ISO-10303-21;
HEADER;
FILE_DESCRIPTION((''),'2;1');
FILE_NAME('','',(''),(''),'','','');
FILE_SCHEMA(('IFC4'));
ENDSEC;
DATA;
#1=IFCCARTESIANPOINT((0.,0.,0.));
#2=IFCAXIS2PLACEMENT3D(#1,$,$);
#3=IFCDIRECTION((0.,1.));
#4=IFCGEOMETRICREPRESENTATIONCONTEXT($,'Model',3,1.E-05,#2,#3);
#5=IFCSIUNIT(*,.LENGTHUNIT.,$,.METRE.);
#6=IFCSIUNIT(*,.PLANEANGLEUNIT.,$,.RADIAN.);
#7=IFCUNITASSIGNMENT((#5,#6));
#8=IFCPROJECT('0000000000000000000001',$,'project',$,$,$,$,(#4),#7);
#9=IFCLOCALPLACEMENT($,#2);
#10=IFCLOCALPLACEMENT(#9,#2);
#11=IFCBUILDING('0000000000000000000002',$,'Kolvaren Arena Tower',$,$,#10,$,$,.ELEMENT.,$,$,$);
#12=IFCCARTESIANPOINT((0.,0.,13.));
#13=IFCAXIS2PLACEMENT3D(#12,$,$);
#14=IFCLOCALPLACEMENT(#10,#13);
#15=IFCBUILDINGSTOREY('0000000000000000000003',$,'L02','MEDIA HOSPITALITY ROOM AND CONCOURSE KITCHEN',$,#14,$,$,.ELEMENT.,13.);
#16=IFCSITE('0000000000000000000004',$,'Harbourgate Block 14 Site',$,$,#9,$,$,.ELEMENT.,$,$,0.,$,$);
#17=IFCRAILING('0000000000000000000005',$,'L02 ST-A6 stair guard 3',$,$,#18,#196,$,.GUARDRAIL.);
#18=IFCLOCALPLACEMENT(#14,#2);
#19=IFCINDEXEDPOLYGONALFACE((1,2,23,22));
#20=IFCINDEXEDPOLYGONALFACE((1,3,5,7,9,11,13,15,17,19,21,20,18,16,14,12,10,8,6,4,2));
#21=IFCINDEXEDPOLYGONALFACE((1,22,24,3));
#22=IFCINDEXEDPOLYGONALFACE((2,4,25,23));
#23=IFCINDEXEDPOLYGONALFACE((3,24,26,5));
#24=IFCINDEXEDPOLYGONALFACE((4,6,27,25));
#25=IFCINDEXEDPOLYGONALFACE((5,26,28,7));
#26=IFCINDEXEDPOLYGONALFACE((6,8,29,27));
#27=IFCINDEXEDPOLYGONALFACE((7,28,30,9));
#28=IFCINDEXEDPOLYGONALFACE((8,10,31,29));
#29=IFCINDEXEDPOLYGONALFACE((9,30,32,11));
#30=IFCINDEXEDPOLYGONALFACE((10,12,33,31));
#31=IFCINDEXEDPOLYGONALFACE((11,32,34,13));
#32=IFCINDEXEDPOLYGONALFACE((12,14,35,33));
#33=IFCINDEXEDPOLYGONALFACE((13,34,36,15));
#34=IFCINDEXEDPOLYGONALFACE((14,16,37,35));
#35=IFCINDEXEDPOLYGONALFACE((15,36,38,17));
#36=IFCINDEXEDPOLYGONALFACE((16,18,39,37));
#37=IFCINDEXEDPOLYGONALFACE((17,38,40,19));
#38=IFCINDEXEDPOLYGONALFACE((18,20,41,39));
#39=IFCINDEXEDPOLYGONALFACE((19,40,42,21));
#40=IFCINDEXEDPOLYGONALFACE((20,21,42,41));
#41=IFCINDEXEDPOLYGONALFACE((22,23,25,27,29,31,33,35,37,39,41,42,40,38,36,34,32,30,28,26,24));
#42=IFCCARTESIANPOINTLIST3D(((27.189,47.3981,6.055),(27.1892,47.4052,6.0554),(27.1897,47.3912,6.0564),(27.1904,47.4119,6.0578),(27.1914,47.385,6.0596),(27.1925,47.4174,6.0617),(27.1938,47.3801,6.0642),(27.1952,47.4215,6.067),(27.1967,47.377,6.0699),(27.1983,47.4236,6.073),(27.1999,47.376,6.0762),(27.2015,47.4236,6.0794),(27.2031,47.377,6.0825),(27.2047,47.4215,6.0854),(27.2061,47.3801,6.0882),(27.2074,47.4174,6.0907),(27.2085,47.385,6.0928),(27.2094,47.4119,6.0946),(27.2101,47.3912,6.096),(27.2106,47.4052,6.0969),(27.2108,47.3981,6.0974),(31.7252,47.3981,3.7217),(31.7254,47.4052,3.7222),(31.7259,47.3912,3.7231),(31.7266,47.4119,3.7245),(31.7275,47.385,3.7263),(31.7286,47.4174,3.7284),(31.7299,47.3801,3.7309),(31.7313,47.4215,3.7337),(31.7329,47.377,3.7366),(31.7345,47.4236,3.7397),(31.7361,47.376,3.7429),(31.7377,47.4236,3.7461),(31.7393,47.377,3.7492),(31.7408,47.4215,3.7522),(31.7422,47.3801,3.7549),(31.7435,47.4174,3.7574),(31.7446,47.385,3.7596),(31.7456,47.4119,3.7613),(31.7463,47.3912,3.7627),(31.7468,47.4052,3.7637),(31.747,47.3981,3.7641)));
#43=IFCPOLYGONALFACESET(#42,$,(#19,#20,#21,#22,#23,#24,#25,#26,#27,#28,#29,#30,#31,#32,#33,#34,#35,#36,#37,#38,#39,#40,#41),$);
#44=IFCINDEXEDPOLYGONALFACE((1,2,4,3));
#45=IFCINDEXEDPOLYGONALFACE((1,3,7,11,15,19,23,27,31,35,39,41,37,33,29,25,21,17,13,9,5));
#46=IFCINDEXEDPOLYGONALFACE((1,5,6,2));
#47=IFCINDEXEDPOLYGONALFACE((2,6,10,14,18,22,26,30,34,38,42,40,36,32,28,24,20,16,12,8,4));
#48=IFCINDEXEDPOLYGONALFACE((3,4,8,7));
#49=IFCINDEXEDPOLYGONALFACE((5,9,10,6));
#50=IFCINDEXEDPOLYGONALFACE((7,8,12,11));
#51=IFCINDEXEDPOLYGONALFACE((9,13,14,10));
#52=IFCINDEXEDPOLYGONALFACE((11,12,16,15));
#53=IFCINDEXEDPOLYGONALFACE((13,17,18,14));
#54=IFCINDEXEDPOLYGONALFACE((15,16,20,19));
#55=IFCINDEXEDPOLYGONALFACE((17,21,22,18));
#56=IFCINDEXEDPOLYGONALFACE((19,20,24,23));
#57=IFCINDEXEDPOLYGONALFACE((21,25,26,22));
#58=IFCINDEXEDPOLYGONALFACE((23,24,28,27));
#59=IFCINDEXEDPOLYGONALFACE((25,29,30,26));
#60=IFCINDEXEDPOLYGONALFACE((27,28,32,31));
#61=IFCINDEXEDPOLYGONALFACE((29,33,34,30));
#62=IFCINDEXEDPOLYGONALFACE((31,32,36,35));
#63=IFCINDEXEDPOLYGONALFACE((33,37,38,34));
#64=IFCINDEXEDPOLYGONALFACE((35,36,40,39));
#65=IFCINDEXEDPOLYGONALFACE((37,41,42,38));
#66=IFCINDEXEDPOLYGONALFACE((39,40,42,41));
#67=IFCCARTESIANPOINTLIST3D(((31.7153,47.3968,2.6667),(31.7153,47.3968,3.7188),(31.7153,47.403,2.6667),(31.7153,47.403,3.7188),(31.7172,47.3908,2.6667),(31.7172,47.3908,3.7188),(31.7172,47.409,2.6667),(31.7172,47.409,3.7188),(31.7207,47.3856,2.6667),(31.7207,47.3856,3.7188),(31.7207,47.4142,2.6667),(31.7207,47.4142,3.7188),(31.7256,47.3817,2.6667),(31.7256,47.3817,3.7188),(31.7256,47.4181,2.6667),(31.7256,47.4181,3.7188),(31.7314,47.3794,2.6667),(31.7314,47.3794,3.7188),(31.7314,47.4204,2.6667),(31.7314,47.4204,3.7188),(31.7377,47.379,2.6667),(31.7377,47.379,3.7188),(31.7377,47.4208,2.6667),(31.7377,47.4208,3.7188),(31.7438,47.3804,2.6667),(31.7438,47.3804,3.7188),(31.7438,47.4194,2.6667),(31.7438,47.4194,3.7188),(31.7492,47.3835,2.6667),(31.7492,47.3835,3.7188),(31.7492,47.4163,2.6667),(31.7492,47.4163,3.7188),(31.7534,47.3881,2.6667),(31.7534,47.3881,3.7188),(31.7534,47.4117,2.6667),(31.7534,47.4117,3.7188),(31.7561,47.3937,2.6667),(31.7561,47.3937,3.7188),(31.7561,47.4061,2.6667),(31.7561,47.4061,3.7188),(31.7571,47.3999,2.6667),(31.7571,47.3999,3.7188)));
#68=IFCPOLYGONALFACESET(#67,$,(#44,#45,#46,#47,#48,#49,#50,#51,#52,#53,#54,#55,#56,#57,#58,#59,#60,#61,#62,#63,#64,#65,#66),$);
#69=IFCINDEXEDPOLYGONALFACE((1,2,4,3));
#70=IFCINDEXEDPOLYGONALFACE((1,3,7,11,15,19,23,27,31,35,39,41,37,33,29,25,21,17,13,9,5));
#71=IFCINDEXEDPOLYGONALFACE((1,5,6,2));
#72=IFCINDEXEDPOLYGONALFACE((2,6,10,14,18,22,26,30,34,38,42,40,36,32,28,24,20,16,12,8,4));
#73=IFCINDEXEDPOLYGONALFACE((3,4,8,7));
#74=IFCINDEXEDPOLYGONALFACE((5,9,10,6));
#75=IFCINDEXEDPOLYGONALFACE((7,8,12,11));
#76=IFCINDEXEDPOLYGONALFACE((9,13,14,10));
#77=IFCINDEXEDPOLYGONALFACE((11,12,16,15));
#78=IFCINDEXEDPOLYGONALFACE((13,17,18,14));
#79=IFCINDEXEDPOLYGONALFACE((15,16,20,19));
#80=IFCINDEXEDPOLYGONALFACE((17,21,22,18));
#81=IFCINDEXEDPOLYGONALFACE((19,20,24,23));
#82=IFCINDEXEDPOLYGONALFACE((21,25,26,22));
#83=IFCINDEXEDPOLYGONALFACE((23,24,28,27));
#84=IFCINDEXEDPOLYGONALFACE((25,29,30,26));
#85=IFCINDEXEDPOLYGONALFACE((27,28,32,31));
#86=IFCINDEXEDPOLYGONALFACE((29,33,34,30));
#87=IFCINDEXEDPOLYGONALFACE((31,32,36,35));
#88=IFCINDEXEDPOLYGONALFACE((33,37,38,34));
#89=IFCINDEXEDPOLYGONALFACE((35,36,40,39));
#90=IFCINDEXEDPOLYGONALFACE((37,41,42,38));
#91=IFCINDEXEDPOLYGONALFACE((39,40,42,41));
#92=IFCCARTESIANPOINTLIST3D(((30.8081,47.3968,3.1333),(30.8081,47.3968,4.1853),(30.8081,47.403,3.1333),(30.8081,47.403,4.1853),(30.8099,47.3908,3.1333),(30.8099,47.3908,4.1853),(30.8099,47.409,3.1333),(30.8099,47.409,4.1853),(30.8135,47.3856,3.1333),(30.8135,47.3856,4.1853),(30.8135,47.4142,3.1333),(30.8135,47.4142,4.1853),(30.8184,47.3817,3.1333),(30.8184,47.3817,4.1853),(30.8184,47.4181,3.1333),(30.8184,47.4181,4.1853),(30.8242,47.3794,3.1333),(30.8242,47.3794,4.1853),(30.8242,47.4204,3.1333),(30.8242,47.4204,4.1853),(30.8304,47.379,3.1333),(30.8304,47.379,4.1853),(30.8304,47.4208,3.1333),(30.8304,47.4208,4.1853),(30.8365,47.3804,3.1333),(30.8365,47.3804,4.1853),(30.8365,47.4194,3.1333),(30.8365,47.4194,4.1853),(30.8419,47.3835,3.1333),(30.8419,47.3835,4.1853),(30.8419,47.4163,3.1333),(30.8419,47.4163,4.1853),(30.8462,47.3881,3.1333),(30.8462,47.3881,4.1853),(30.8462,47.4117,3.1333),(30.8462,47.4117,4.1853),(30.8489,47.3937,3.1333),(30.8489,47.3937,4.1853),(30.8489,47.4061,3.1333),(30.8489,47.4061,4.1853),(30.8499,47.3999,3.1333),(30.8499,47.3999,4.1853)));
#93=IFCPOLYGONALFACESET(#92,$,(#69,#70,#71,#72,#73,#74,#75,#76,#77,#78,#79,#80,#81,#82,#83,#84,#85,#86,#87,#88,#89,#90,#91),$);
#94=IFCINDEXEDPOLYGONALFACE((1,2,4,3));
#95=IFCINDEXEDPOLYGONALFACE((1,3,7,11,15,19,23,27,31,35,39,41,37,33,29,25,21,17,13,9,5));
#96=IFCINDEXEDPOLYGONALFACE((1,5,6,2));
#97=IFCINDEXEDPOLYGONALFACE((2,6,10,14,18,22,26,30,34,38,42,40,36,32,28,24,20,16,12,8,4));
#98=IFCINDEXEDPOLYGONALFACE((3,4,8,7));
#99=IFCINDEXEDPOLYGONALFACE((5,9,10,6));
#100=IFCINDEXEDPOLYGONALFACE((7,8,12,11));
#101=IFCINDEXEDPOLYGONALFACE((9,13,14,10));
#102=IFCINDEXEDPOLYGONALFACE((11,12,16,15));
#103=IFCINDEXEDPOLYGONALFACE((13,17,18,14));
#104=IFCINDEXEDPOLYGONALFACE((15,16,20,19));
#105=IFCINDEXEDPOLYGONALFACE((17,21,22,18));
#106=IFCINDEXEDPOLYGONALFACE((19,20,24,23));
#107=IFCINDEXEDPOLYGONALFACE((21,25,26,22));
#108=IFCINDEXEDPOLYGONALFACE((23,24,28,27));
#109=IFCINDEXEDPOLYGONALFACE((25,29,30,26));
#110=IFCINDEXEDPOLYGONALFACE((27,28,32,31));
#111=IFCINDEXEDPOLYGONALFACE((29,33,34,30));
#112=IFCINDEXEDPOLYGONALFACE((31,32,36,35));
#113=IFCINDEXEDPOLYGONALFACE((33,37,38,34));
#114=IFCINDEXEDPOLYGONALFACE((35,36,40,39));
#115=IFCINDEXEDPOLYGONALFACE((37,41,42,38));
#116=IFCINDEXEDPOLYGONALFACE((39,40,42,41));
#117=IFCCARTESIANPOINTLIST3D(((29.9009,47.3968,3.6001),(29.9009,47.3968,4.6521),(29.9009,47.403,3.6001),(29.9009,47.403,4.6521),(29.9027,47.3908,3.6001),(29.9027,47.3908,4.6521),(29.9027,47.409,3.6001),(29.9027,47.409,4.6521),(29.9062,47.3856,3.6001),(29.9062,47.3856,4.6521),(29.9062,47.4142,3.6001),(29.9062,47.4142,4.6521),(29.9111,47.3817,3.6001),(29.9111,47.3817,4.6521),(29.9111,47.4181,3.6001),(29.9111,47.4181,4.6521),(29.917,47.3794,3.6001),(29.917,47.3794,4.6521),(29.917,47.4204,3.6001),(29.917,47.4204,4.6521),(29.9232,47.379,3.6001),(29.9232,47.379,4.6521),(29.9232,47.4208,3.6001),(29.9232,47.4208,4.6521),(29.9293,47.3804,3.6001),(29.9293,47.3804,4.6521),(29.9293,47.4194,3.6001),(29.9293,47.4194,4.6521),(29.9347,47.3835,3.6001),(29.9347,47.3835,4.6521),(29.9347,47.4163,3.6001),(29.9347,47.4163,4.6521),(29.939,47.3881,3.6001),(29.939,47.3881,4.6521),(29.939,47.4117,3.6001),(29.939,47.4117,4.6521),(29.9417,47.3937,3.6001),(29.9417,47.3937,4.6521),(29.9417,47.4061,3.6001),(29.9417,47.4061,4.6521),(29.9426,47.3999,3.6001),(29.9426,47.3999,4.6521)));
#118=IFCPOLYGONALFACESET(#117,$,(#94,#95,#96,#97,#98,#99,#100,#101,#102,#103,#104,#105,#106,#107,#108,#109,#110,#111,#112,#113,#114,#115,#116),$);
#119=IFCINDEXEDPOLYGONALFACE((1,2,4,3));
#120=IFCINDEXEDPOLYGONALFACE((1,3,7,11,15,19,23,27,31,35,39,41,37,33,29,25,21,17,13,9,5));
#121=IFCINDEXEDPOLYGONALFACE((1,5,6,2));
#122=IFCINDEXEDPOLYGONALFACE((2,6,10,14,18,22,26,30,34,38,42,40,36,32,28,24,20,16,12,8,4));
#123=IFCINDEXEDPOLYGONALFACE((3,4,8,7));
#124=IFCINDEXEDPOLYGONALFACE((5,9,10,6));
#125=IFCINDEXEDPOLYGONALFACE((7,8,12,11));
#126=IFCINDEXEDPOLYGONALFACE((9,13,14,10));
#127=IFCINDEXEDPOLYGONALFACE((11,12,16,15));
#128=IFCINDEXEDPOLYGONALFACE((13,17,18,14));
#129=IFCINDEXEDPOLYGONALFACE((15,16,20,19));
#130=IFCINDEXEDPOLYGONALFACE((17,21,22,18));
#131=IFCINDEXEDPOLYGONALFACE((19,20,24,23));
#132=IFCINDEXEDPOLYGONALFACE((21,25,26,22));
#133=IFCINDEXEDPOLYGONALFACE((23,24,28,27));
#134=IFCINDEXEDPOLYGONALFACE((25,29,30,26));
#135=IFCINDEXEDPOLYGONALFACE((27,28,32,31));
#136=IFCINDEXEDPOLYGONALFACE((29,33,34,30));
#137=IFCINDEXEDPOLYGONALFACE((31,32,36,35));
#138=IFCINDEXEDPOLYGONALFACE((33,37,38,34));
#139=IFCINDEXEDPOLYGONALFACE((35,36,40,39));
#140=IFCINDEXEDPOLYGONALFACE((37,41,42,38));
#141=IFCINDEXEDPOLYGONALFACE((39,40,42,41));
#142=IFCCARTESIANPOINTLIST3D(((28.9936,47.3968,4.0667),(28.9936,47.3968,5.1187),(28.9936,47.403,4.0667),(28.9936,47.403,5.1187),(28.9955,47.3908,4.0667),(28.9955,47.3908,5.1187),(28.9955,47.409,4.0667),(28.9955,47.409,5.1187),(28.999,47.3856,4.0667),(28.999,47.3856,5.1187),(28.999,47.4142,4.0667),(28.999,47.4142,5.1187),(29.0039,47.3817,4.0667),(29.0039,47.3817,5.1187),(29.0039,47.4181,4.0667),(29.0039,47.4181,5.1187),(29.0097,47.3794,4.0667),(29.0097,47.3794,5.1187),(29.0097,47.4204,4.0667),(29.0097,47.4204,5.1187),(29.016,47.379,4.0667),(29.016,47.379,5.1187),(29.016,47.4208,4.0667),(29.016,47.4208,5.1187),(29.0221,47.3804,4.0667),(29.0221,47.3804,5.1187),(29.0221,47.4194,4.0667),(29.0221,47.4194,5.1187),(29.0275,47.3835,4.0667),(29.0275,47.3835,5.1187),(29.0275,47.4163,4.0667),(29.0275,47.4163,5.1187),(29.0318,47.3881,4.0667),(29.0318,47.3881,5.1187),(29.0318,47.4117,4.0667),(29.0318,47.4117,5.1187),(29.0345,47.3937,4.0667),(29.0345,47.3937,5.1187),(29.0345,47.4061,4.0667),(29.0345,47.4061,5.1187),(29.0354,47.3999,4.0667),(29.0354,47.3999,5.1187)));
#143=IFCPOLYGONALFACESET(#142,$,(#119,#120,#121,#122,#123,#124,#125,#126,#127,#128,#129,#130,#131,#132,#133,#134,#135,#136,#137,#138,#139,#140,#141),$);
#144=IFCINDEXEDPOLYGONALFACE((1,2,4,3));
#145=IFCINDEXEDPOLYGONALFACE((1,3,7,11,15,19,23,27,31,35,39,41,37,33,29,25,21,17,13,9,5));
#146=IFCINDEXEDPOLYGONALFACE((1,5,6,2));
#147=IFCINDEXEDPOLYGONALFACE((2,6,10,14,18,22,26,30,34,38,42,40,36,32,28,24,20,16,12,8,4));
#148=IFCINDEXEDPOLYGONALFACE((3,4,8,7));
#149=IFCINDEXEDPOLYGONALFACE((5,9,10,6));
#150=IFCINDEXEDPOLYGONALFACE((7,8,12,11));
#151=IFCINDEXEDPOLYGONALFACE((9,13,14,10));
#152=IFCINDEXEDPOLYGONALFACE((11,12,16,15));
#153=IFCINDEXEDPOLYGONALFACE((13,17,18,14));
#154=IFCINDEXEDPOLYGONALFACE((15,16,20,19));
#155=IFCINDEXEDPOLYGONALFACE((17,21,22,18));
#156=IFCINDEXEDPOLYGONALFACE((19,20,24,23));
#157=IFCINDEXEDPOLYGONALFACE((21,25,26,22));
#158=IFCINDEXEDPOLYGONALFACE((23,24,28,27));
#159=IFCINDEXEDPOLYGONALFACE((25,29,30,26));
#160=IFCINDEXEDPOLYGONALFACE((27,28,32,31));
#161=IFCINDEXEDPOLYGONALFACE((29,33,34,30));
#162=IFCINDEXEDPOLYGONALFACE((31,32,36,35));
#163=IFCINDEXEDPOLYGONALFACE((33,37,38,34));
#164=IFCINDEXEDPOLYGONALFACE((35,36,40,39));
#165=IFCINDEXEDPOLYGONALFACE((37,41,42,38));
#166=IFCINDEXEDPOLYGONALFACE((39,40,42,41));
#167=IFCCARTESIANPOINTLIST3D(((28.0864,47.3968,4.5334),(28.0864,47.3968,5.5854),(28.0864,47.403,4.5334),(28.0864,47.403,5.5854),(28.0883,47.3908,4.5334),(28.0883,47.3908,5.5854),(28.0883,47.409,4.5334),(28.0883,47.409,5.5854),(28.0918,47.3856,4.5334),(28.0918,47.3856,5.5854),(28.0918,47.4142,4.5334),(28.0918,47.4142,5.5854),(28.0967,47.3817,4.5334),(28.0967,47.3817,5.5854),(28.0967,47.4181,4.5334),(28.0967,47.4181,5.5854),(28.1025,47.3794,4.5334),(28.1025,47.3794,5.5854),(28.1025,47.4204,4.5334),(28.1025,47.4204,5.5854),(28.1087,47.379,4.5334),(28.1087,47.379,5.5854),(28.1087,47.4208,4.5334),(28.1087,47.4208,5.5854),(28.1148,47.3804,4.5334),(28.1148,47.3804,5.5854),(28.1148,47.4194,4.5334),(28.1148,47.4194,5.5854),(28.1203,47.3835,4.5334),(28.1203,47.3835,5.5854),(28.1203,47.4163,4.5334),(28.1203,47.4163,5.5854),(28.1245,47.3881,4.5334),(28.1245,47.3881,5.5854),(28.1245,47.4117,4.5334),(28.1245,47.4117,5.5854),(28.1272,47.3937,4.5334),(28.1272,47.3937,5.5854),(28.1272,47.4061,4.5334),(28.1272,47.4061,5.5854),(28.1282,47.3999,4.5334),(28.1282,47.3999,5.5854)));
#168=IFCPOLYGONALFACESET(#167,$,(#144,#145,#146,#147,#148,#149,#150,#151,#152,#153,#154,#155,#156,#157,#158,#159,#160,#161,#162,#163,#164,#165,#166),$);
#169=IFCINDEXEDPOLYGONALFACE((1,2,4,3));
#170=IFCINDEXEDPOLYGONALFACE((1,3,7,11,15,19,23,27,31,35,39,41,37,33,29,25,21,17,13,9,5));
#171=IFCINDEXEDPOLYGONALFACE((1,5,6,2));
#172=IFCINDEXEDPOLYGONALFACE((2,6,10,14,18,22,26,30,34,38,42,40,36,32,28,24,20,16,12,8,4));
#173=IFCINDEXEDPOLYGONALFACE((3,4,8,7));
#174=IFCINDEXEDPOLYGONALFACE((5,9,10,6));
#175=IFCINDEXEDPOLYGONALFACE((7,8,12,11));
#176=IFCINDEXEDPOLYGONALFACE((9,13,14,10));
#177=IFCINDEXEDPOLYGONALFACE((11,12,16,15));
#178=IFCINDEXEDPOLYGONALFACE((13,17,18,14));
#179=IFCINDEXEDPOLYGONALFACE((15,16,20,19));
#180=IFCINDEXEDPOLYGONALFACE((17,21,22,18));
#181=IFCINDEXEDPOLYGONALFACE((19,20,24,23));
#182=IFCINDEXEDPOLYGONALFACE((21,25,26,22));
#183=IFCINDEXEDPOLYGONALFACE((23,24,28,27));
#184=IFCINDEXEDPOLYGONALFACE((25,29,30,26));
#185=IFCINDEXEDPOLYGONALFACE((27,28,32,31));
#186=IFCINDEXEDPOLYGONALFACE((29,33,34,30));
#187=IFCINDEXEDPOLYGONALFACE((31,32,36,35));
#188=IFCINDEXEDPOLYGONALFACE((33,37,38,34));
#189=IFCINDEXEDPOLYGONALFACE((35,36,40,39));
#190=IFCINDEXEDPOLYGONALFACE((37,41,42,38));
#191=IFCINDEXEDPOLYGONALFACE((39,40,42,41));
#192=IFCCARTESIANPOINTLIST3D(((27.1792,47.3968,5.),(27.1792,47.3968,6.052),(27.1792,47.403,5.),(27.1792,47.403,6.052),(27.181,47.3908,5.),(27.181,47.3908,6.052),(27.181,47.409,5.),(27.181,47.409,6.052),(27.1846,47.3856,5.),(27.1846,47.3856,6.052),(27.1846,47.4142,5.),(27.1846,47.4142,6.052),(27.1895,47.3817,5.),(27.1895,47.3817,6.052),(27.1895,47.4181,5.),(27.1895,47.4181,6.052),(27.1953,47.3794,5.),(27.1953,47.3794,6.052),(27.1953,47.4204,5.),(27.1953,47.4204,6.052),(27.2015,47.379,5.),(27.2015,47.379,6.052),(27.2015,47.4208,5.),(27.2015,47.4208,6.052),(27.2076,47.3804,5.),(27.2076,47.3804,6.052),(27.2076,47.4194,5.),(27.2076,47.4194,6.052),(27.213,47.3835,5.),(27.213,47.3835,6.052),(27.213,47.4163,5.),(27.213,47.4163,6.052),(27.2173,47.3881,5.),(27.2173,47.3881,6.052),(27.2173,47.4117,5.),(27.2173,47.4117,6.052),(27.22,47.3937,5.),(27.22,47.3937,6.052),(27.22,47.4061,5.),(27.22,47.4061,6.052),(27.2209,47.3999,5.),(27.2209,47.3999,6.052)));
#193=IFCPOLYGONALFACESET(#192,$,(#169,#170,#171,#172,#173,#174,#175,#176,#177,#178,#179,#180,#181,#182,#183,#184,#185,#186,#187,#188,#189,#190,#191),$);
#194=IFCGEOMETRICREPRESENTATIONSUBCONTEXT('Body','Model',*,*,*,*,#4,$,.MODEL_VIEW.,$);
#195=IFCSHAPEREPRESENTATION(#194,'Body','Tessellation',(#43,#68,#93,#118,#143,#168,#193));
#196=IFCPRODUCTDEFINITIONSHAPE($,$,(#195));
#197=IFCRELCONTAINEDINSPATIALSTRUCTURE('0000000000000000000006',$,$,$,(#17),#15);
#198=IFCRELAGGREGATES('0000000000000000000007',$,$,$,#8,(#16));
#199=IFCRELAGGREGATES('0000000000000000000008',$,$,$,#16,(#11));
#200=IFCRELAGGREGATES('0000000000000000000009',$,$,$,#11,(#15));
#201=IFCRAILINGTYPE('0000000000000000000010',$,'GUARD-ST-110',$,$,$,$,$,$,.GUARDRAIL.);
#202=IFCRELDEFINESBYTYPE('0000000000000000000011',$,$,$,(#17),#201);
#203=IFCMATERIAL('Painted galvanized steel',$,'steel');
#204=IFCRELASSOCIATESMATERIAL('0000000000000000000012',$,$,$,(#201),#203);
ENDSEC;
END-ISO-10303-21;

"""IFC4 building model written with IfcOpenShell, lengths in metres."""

from ifc_helpers import new_model, si_unit, direction, frame, origin, origin_2d, place, context, subcontext, project, spatial, circle, extrude, material, type_object, element, save


model = new_model("IFC4")

# Units and contexts
model_context = context("Model", 3, precision=1e-05, world=origin(), true_north=direction((0.0, 1.0)))
body_context = subcontext(model_context, "Body", "Model", "MODEL_VIEW")
ifc_project = project(units=[si_unit("LENGTHUNIT", "METRE"), si_unit("PLANEANGLEUNIT", "RADIAN")], contexts=[model_context])

# Site, building, storey
site_placement = place(None, origin())
site = spatial("IfcSite", under=ifc_project, at=site_placement, Name="Harbourgate Block 14 Site", CompositionType="ELEMENT", RefElevation=0.0)
building_placement = place(site_placement, origin())
building = spatial("IfcBuilding", under=site, at=building_placement, Name="Kolvaren Arena Tower", CompositionType="ELEMENT")
storey_placement = place(building_placement, frame((0.0, 0.0, 13.0)))
storey = spatial("IfcBuildingStorey", under=building, at=storey_placement, Name="L02", Description="MEDIA HOSPITALITY ROOM AND CONCOURSE KITCHEN", CompositionType="ELEMENT", Elevation=13.0)

# Railing
ifc_material_1 = material(Name="Painted galvanized steel", Category="steel")
railing_type_1 = type_object("IfcRailingType", Name="GUARD-ST-110", PredefinedType="GUARDRAIL", material=ifc_material_1)
railing_1_placement = place(storey_placement, frame((31.7361, 47.3999, 2.6667)))
element("IfcRailing", 1, at=railing_1_placement, inside=storey, type_object=railing_type_1, Name="L02 ST-A6 stair guard 3", PredefinedType="GUARDRAIL", context=body_context, shape_type="SweptSolid", body=[
    extrude(circle(Radius=0.0239, at=origin_2d()), frame((0.0, 0.0, 1.0762), z_axis=(-0.889257, 0.0, 0.457407), x_axis=(0.0, -1.0, 0.0)), (0.0, 0.0, 1.0), 5.1011),
    extrude(circle(Radius=0.021, at=origin_2d()), origin(), (0.0, 0.0, 1.0), 1.052),
    extrude(circle(Radius=0.021, at=origin_2d()), frame((-0.9072, 0.0, 0.4666)), (0.0, 0.0, 1.0), 1.052),
    extrude(circle(Radius=0.021, at=origin_2d()), frame((-1.8145, 0.0, 0.9333)), (0.0, 0.0, 1.0), 1.052),
    extrude(circle(Radius=0.021, at=origin_2d()), frame((-2.7217, 0.0, 1.3999)), (0.0, 0.0, 1.0), 1.052),
    extrude(circle(Radius=0.021, at=origin_2d()), frame((-3.6289, 0.0, 1.8667)), (0.0, 0.0, 1.0), 1.052),
    extrude(circle(Radius=0.021, at=origin_2d()), frame((-4.5361, 0.0, 2.3333)), (0.0, 0.0, 1.0), 1.052),
])

save(model, "model.ifc")
